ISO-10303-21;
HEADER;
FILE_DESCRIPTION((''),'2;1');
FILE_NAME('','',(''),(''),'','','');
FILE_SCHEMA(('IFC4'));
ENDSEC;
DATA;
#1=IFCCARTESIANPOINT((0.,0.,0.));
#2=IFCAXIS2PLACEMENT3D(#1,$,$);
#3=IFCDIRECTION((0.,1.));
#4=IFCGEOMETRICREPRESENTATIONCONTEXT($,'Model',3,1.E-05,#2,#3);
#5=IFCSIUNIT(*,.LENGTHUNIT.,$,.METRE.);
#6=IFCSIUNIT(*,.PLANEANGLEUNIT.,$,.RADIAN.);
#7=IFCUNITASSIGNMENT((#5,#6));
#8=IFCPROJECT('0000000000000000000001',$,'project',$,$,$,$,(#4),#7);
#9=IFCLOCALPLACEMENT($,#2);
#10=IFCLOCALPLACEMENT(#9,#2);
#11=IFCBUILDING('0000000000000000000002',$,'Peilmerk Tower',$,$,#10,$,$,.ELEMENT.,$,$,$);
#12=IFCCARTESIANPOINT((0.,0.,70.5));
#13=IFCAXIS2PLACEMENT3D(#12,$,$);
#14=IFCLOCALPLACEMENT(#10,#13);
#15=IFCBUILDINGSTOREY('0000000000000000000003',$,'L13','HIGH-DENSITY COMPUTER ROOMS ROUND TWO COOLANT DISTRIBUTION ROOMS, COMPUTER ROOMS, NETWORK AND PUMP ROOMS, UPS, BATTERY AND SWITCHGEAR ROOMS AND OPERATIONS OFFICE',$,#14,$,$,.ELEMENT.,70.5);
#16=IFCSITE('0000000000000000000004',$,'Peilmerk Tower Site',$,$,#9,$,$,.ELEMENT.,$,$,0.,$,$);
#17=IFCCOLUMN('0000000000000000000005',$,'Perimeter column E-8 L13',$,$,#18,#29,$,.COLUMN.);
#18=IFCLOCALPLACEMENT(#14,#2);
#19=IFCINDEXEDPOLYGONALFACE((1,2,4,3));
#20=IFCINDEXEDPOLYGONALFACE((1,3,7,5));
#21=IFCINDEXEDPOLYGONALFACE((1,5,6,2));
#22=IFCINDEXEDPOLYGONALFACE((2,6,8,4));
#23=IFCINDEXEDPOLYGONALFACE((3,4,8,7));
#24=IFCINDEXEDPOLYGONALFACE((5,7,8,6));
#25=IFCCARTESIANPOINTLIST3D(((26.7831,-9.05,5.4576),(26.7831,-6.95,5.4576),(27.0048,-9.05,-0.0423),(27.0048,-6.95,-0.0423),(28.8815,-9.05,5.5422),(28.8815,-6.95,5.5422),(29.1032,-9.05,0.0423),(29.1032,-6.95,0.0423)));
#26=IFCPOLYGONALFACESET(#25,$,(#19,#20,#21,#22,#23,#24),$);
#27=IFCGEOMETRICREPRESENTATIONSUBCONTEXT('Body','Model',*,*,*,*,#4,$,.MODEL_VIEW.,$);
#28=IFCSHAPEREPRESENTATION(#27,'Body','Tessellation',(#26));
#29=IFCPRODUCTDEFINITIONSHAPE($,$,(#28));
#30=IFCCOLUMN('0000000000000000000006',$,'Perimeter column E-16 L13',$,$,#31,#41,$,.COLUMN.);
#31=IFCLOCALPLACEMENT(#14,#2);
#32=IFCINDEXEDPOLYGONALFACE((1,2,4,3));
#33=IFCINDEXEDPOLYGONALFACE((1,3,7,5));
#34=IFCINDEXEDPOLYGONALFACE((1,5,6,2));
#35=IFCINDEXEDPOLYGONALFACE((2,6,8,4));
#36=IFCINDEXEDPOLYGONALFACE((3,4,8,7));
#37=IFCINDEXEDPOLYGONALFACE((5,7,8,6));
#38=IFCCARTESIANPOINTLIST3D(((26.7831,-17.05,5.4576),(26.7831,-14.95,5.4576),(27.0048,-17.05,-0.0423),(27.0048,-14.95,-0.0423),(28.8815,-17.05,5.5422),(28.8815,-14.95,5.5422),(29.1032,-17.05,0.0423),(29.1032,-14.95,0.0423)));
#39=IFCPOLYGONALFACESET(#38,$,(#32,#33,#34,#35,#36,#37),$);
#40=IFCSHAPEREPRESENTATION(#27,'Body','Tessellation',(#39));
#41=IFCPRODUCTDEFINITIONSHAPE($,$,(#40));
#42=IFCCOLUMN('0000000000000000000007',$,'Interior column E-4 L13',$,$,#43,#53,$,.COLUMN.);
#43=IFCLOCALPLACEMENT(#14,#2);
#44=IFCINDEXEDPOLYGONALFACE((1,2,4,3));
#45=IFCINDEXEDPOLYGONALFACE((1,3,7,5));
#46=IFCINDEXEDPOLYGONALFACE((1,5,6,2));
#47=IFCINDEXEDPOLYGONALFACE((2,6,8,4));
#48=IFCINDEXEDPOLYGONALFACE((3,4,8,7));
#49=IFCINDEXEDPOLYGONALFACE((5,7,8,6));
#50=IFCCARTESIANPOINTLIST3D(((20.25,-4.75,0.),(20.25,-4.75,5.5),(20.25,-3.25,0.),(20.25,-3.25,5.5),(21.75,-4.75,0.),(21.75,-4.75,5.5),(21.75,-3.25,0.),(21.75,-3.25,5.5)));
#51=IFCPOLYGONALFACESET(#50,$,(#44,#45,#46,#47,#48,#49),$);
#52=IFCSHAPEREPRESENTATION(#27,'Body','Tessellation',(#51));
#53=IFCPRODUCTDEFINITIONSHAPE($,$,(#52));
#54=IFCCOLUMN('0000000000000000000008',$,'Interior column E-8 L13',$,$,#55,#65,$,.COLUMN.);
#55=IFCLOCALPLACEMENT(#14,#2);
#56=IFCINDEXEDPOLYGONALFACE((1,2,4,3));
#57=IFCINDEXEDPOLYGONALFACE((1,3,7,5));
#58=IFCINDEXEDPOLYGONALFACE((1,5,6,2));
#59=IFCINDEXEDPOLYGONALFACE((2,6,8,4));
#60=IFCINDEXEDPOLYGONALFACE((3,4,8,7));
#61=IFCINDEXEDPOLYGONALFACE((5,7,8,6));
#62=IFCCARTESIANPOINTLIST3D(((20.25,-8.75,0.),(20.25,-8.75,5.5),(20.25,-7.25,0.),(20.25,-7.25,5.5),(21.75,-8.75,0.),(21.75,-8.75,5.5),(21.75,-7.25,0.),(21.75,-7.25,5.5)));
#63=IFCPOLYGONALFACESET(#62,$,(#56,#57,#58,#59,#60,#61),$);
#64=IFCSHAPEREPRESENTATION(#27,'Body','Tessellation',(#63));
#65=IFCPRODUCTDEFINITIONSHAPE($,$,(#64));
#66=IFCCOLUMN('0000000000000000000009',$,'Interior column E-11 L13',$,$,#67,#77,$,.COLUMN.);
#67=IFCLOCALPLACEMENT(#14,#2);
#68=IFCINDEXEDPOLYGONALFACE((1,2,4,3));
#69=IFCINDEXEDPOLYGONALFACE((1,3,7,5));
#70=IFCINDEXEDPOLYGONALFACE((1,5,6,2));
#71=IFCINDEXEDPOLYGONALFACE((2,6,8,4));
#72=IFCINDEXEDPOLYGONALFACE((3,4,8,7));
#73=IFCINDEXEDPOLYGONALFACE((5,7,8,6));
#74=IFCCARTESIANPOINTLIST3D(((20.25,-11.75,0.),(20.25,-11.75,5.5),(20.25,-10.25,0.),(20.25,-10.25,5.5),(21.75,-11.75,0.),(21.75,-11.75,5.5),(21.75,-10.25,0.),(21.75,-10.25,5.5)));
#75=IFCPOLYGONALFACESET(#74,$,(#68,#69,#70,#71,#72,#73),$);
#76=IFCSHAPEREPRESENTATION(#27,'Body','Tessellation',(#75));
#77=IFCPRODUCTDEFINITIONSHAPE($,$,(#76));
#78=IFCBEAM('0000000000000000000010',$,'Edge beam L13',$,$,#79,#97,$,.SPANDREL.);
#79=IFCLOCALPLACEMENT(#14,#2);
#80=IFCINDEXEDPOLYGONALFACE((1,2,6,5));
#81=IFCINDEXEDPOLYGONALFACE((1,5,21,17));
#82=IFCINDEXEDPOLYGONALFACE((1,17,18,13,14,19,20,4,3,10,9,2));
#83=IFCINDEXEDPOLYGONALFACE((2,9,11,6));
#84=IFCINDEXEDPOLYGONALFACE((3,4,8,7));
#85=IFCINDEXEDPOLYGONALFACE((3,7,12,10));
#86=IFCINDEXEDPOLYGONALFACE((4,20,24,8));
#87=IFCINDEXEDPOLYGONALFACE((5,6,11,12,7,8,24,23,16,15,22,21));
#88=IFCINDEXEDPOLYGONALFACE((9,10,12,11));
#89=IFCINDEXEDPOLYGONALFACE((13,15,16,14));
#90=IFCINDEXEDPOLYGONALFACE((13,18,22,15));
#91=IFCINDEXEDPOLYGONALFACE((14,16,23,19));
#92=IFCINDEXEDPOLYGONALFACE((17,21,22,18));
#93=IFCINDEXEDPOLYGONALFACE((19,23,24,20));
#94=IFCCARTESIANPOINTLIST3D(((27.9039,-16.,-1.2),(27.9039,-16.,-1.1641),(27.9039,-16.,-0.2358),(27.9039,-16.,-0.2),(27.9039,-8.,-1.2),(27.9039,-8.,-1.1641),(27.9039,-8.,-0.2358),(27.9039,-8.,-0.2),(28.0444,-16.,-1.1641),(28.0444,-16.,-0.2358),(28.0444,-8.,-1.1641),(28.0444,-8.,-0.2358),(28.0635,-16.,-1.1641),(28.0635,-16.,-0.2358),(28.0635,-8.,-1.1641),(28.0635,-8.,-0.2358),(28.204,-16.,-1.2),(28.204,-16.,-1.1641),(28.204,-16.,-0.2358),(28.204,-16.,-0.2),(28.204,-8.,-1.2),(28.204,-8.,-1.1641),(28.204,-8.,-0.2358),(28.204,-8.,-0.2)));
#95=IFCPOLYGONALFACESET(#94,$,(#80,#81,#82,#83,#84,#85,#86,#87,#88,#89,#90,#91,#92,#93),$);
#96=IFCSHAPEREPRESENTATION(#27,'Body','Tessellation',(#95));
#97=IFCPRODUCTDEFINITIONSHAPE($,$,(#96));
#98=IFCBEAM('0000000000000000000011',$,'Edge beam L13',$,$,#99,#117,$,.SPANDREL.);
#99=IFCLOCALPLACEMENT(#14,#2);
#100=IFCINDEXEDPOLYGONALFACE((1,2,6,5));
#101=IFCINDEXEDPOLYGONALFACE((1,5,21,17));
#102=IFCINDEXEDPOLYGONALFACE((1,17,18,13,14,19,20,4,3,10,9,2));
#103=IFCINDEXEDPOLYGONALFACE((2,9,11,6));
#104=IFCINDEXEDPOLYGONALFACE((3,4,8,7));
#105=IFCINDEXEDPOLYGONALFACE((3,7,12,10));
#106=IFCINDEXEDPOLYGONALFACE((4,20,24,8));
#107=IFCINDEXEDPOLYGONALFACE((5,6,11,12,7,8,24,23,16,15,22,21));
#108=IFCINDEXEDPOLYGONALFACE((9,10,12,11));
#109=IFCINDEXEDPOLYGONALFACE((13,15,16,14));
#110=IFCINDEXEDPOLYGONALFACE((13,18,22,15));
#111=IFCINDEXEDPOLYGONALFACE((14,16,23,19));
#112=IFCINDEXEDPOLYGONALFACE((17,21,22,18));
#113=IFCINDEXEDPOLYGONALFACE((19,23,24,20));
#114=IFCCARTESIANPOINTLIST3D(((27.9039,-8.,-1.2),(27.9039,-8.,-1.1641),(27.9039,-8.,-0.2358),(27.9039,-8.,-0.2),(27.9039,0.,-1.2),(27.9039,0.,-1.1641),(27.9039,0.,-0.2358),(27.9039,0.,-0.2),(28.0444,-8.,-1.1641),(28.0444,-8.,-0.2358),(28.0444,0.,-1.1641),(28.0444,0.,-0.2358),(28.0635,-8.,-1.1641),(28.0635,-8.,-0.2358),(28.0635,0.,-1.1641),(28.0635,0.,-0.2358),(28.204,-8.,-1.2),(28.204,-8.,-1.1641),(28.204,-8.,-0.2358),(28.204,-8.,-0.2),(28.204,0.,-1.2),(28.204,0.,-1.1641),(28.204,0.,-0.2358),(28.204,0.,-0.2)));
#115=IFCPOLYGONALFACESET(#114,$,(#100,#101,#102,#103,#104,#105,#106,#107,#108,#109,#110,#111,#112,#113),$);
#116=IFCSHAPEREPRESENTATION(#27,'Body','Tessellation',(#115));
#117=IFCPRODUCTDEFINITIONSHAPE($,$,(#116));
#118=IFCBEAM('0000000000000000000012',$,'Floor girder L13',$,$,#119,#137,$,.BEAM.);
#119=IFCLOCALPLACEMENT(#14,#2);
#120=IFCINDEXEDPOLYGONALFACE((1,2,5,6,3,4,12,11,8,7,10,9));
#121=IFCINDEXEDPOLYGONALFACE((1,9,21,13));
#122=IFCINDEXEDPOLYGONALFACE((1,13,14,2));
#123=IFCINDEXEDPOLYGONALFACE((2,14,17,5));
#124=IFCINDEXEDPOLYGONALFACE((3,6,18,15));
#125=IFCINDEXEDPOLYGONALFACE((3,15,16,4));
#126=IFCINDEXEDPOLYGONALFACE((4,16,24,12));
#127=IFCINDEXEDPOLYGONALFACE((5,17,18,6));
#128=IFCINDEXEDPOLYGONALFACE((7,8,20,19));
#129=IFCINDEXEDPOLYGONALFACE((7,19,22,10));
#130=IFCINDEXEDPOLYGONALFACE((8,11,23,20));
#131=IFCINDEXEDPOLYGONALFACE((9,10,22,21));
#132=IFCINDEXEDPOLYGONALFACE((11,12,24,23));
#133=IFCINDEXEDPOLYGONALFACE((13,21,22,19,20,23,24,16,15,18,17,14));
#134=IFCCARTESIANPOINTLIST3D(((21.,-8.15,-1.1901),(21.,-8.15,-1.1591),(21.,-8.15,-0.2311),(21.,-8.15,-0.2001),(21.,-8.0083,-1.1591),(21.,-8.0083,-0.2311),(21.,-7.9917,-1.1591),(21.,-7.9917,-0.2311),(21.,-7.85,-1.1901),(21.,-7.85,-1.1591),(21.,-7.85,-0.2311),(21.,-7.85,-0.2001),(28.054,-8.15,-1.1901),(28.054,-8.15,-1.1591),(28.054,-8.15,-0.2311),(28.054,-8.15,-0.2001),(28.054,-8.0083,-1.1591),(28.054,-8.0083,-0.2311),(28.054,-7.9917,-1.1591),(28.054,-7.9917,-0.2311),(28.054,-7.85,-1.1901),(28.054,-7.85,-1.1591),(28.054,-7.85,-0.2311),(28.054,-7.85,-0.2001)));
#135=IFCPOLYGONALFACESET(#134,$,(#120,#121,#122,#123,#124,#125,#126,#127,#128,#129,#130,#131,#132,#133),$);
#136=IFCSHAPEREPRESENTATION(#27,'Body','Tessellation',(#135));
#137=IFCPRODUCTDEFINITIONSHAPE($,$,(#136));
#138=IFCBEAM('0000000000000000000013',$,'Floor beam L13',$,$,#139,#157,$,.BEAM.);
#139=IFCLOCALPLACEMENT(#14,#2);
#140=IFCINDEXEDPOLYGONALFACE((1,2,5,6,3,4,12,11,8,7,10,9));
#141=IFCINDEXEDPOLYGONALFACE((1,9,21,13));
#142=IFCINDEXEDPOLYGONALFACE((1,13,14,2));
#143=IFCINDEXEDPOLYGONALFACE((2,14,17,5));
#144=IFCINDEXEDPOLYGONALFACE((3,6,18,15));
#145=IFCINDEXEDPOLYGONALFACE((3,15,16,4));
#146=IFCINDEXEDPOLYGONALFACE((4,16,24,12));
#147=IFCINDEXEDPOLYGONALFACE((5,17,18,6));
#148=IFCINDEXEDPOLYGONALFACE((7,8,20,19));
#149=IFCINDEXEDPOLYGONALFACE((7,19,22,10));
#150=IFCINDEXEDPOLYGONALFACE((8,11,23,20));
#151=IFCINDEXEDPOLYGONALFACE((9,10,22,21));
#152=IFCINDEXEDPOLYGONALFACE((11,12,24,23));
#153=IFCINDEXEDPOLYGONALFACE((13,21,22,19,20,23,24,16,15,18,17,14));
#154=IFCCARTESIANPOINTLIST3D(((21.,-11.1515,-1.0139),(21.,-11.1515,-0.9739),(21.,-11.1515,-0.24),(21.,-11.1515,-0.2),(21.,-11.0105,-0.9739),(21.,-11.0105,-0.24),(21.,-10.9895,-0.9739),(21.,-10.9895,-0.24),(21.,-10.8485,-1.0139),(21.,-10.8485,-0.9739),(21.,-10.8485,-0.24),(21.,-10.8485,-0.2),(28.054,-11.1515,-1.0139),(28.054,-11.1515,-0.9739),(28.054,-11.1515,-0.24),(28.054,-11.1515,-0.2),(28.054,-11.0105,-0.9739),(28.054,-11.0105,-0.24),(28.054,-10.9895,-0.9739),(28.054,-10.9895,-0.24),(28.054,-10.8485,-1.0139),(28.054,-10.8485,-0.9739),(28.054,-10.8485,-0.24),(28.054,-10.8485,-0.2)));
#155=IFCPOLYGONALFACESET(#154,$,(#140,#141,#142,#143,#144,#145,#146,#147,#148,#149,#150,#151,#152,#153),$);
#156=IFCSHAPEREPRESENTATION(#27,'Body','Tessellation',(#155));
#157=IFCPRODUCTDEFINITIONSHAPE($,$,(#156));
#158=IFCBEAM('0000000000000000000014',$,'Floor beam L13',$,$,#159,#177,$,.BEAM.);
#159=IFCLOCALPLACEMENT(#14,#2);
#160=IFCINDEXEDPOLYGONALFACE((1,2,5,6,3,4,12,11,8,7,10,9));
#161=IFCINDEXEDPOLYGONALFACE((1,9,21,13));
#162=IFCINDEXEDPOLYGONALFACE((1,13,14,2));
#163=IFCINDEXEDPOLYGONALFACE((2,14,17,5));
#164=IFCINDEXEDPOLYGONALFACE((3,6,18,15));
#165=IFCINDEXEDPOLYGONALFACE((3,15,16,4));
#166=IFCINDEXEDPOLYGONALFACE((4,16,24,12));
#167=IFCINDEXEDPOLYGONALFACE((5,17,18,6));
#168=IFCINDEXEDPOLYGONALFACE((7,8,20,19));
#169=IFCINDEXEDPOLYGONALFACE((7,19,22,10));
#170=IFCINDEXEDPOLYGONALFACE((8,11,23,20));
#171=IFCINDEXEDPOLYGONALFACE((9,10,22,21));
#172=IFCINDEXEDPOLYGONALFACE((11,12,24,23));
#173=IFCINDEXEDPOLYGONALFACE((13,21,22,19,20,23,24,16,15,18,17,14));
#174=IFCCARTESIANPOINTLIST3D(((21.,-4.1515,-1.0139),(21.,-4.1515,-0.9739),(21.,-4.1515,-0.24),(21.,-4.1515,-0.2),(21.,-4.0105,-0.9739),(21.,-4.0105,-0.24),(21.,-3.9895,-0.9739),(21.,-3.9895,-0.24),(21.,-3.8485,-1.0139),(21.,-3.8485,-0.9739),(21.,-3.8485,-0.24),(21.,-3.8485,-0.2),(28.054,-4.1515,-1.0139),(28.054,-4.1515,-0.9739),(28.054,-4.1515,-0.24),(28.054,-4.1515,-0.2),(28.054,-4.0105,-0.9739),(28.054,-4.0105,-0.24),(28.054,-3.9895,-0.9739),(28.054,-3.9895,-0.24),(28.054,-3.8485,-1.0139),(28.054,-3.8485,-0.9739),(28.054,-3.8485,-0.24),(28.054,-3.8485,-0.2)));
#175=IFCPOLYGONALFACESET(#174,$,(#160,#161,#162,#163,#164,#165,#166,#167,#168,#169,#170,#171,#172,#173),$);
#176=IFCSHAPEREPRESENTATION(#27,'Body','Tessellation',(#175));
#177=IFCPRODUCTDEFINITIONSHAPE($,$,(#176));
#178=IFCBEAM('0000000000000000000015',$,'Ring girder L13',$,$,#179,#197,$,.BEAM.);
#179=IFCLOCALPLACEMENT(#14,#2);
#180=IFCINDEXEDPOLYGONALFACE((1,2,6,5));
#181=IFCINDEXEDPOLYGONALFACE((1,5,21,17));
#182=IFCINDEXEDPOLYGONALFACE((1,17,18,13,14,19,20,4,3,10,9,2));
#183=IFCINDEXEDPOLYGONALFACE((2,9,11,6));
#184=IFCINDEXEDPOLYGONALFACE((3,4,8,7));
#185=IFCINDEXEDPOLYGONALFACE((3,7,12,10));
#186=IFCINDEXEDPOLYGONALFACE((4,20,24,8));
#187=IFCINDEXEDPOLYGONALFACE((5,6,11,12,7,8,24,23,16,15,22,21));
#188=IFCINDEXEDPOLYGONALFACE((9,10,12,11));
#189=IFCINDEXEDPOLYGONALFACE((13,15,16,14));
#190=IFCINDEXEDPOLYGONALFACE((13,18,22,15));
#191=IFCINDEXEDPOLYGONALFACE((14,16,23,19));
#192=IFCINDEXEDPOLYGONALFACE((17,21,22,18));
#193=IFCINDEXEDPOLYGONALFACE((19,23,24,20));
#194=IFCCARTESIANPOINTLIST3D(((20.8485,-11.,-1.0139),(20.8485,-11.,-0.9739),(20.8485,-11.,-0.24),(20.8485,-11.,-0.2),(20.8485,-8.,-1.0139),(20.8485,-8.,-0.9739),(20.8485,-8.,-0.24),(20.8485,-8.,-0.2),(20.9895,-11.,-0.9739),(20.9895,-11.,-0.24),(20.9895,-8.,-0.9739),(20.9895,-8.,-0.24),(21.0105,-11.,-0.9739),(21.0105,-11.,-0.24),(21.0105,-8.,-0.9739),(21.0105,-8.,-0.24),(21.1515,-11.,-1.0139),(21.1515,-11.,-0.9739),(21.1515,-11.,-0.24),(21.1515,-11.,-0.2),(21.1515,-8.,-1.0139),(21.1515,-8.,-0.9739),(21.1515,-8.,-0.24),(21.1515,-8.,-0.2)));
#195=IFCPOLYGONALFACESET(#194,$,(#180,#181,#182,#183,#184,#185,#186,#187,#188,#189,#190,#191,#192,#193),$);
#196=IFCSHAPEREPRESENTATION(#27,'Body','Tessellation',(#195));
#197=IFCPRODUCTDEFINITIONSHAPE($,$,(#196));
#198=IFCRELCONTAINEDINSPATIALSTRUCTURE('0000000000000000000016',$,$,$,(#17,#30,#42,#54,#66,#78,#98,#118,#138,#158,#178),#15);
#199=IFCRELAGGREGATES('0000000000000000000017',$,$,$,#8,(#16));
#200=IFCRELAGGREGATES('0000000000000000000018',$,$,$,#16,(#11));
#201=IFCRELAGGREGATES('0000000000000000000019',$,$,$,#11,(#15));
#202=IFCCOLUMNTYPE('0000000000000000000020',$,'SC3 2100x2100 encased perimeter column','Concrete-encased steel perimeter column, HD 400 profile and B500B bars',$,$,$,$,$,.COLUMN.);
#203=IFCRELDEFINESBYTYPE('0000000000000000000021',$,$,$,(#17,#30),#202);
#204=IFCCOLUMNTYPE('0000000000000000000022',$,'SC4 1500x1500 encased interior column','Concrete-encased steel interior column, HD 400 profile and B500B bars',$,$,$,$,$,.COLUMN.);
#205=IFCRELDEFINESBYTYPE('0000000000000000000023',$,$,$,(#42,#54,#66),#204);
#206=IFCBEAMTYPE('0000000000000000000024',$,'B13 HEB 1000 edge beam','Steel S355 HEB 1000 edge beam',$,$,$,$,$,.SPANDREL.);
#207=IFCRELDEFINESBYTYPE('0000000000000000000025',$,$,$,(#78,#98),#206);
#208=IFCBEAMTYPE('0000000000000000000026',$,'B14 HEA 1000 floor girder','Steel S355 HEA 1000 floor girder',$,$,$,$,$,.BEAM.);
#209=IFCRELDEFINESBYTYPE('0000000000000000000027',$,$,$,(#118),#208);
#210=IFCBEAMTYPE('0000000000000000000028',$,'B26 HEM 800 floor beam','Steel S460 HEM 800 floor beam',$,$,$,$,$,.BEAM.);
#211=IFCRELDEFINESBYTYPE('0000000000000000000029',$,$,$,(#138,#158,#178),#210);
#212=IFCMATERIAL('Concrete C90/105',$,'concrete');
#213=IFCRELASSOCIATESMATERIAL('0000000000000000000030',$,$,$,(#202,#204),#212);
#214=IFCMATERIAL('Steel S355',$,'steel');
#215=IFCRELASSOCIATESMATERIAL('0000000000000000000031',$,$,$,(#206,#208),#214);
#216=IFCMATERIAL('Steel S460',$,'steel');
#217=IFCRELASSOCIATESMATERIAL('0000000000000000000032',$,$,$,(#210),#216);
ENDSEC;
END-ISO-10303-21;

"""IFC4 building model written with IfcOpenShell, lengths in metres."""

from ifc_helpers import new_model, si_unit, direction, frame, origin, origin_2d, place, context, subcontext, project, spatial, rectangle, i_section, extrude, material, material_profile, profile_set, type_object, element, save


model = new_model("IFC4")

# Units and contexts
model_context = context("Model", 3, precision=1e-05, world=origin(), true_north=direction((0.0, 1.0)))
body_context = subcontext(model_context, "Body", "Model", "MODEL_VIEW")
ifc_project = project(units=[si_unit("LENGTHUNIT", "METRE"), si_unit("PLANEANGLEUNIT", "RADIAN")], contexts=[model_context])

# Site, building, storey
site_placement = place(None, origin())
site = spatial("IfcSite", under=ifc_project, at=site_placement, Name="Peilmerk Tower Site", CompositionType="ELEMENT", RefElevation=0.0)
building_placement = place(site_placement, origin())
building = spatial("IfcBuilding", under=site, at=building_placement, Name="Peilmerk Tower", CompositionType="ELEMENT")
storey_placement = place(building_placement, frame((0.0, 0.0, 70.5)))
storey = spatial("IfcBuildingStorey", under=building, at=storey_placement, Name="L13", Description="HIGH-DENSITY COMPUTER ROOMS ROUND TWO COOLANT DISTRIBUTION ROOMS, COMPUTER ROOMS, NETWORK AND PUMP ROOMS, UPS, BATTERY AND SWITCHGEAR ROOMS AND OPERATIONS OFFICE", CompositionType="ELEMENT", Elevation=70.5)

# Columns
ifc_material_1 = material(Name="Concrete C90/105", Category="concrete")
ifc_material_profile_1 = material_profile(ifc_material_1, rectangle(XDim=2.1001, YDim=2.1001, at=origin_2d()), Name="RC 2100x2100")
ifc_profile_set_1 = profile_set([ifc_material_profile_1], Name="Concrete C90/105")
column_type_1 = type_object("IfcColumnType", Name="SC3 2100x2100 encased perimeter column", Description="Concrete-encased steel perimeter column, HD 400 profile and B500B bars", PredefinedType="COLUMN", material=ifc_profile_set_1)
for number, where, z_axis, x_axis, name in (
    (1, (28.054, -8.0, 0.0), (-0.040273, 0.0, 0.999189), (0.0, -1.0, 0.0), "Perimeter column E-8 L13"),
    (2, (28.054, -16.0, 0.0), (-0.040273, 0.0, 0.999189), (0.0, -1.0, 0.0), "Perimeter column E-16 L13"),
):
    element("IfcColumn", number, at=place(storey_placement, frame(where, z_axis=z_axis, x_axis=x_axis)), inside=storey, type_object=column_type_1, Name=name, PredefinedType="COLUMN", context=body_context, shape_type="SweptSolid", body=[
        extrude(rectangle(XDim=2.1001, YDim=2.1001, at=origin_2d()), origin(), (0.0, 0.0, 1.0), 5.5044),
    ])
ifc_material_profile_2 = material_profile(ifc_material_1, rectangle(XDim=1.5, YDim=1.5, at=origin_2d()), Name="RC 1500x1500")
ifc_profile_set_2 = profile_set([ifc_material_profile_2], Name="Concrete C90/105")
column_type_2 = type_object("IfcColumnType", Name="SC4 1500x1500 encased interior column", Description="Concrete-encased steel interior column, HD 400 profile and B500B bars", PredefinedType="COLUMN", material=ifc_profile_set_2)
for number, where, z_axis, x_axis, name in (
    (3, (21.0, -4.0, 0.0), (0.0, 0.0, 1.0), (1.0, 0.0, 0.0), "Interior column E-4 L13"),
    (4, (21.0, -8.0, 0.0), (0.0, 0.0, 1.0), (1.0, 0.0, 0.0), "Interior column E-8 L13"),
    (5, (21.0, -11.0, 0.0), (0.0, 0.0, 1.0), (1.0, 0.0, 0.0), "Interior column E-11 L13"),
):
    element("IfcColumn", number, at=place(storey_placement, frame(where, z_axis=z_axis, x_axis=x_axis)), inside=storey, type_object=column_type_2, Name=name, PredefinedType="COLUMN", context=body_context, shape_type="SweptSolid", body=[
        extrude(rectangle(XDim=1.5, YDim=1.5, at=origin_2d()), origin(), (0.0, 0.0, 1.0), 5.5),
    ])

# Beams
ifc_material_2 = material(Name="Steel S355", Category="steel")
ifc_material_profile_3 = material_profile(ifc_material_2, i_section(OverallWidth=0.3, OverallDepth=1.0, WebThickness=0.019, FlangeThickness=0.0359, at=origin_2d()), Name="HEB 1000")
ifc_profile_set_3 = profile_set([ifc_material_profile_3], Name="Steel S355")
beam_type_1 = type_object("IfcBeamType", Name="B13 HEB 1000 edge beam", Description="Steel S355 HEB 1000 edge beam", PredefinedType="SPANDREL", material=ifc_profile_set_3)
for number, where, z_axis, x_axis, name in (
    (6, (28.054, -16.0, -0.7), (0.0, 1.0, 0.0), (-1.0, 0.0, 0.0), "Edge beam L13"),
    (7, (28.054, -8.0, -0.7), (0.0, 1.0, 0.0), (-1.0, 0.0, 0.0), "Edge beam L13"),
):
    element("IfcBeam", number, at=place(storey_placement, frame(where, z_axis=z_axis, x_axis=x_axis)), inside=storey, type_object=beam_type_1, Name=name, PredefinedType="SPANDREL", context=body_context, shape_type="SweptSolid", body=[
        extrude(i_section(OverallWidth=0.3, OverallDepth=1.0, WebThickness=0.019, FlangeThickness=0.0359, at=origin_2d()), origin(), (0.0, 0.0, 1.0), 8.0),
    ])
ifc_material_profile_4 = material_profile(ifc_material_2, i_section(OverallWidth=0.3, OverallDepth=0.99, WebThickness=0.0166, FlangeThickness=0.031, at=origin_2d()), Name="HEA 1000")
ifc_profile_set_4 = profile_set([ifc_material_profile_4], Name="Steel S355")
beam_type_2 = type_object("IfcBeamType", Name="B14 HEA 1000 floor girder", Description="Steel S355 HEA 1000 floor girder", PredefinedType="BEAM", material=ifc_profile_set_4)
beam_1_placement = place(storey_placement, frame((21.0, -8.0, -0.6951), z_axis=(1.0, 0.0, 0.0), x_axis=(0.0, 1.0, 0.0)))
element("IfcBeam", 8, at=beam_1_placement, inside=storey, type_object=beam_type_2, Name="Floor girder L13", PredefinedType="BEAM", context=body_context, shape_type="SweptSolid", body=[
    extrude(i_section(OverallWidth=0.3, OverallDepth=0.99, WebThickness=0.0166, FlangeThickness=0.031, at=origin_2d()), origin(), (0.0, 0.0, 1.0), 7.054),
])
ifc_material_3 = material(Name="Steel S460", Category="steel")
ifc_material_profile_5 = material_profile(ifc_material_3, i_section(OverallWidth=0.303, OverallDepth=0.814, WebThickness=0.021, FlangeThickness=0.04, at=origin_2d()), Name="HEM 800")
ifc_profile_set_5 = profile_set([ifc_material_profile_5], Name="Steel S460")
beam_type_3 = type_object("IfcBeamType", Name="B26 HEM 800 floor beam", Description="Steel S460 HEM 800 floor beam", PredefinedType="BEAM", material=ifc_profile_set_5)
for number, where, z_axis, x_axis, name in (
    (9, (21.0, -11.0, -0.6069), (1.0, 0.0, 0.0), (0.0, 1.0, 0.0), "Floor beam L13"),
    (10, (21.0, -4.0, -0.6069), (1.0, 0.0, 0.0), (0.0, 1.0, 0.0), "Floor beam L13"),
):
    element("IfcBeam", number, at=place(storey_placement, frame(where, z_axis=z_axis, x_axis=x_axis)), inside=storey, type_object=beam_type_3, Name=name, PredefinedType="BEAM", context=body_context, shape_type="SweptSolid", body=[
        extrude(i_section(OverallWidth=0.303, OverallDepth=0.814, WebThickness=0.021, FlangeThickness=0.04, at=origin_2d()), origin(), (0.0, 0.0, 1.0), 7.054),
    ])
beam_2_placement = place(storey_placement, frame((21.0, -11.0, -0.6069), z_axis=(0.0, 1.0, 0.0), x_axis=(-1.0, 0.0, 0.0)))
element("IfcBeam", 11, at=beam_2_placement, inside=storey, type_object=beam_type_3, Name="Ring girder L13", PredefinedType="BEAM", context=body_context, shape_type="SweptSolid", body=[
    extrude(i_section(OverallWidth=0.303, OverallDepth=0.814, WebThickness=0.021, FlangeThickness=0.04, at=origin_2d()), origin(), (0.0, 0.0, 1.0), 3.0),
])

save(model, "model.ifc")
